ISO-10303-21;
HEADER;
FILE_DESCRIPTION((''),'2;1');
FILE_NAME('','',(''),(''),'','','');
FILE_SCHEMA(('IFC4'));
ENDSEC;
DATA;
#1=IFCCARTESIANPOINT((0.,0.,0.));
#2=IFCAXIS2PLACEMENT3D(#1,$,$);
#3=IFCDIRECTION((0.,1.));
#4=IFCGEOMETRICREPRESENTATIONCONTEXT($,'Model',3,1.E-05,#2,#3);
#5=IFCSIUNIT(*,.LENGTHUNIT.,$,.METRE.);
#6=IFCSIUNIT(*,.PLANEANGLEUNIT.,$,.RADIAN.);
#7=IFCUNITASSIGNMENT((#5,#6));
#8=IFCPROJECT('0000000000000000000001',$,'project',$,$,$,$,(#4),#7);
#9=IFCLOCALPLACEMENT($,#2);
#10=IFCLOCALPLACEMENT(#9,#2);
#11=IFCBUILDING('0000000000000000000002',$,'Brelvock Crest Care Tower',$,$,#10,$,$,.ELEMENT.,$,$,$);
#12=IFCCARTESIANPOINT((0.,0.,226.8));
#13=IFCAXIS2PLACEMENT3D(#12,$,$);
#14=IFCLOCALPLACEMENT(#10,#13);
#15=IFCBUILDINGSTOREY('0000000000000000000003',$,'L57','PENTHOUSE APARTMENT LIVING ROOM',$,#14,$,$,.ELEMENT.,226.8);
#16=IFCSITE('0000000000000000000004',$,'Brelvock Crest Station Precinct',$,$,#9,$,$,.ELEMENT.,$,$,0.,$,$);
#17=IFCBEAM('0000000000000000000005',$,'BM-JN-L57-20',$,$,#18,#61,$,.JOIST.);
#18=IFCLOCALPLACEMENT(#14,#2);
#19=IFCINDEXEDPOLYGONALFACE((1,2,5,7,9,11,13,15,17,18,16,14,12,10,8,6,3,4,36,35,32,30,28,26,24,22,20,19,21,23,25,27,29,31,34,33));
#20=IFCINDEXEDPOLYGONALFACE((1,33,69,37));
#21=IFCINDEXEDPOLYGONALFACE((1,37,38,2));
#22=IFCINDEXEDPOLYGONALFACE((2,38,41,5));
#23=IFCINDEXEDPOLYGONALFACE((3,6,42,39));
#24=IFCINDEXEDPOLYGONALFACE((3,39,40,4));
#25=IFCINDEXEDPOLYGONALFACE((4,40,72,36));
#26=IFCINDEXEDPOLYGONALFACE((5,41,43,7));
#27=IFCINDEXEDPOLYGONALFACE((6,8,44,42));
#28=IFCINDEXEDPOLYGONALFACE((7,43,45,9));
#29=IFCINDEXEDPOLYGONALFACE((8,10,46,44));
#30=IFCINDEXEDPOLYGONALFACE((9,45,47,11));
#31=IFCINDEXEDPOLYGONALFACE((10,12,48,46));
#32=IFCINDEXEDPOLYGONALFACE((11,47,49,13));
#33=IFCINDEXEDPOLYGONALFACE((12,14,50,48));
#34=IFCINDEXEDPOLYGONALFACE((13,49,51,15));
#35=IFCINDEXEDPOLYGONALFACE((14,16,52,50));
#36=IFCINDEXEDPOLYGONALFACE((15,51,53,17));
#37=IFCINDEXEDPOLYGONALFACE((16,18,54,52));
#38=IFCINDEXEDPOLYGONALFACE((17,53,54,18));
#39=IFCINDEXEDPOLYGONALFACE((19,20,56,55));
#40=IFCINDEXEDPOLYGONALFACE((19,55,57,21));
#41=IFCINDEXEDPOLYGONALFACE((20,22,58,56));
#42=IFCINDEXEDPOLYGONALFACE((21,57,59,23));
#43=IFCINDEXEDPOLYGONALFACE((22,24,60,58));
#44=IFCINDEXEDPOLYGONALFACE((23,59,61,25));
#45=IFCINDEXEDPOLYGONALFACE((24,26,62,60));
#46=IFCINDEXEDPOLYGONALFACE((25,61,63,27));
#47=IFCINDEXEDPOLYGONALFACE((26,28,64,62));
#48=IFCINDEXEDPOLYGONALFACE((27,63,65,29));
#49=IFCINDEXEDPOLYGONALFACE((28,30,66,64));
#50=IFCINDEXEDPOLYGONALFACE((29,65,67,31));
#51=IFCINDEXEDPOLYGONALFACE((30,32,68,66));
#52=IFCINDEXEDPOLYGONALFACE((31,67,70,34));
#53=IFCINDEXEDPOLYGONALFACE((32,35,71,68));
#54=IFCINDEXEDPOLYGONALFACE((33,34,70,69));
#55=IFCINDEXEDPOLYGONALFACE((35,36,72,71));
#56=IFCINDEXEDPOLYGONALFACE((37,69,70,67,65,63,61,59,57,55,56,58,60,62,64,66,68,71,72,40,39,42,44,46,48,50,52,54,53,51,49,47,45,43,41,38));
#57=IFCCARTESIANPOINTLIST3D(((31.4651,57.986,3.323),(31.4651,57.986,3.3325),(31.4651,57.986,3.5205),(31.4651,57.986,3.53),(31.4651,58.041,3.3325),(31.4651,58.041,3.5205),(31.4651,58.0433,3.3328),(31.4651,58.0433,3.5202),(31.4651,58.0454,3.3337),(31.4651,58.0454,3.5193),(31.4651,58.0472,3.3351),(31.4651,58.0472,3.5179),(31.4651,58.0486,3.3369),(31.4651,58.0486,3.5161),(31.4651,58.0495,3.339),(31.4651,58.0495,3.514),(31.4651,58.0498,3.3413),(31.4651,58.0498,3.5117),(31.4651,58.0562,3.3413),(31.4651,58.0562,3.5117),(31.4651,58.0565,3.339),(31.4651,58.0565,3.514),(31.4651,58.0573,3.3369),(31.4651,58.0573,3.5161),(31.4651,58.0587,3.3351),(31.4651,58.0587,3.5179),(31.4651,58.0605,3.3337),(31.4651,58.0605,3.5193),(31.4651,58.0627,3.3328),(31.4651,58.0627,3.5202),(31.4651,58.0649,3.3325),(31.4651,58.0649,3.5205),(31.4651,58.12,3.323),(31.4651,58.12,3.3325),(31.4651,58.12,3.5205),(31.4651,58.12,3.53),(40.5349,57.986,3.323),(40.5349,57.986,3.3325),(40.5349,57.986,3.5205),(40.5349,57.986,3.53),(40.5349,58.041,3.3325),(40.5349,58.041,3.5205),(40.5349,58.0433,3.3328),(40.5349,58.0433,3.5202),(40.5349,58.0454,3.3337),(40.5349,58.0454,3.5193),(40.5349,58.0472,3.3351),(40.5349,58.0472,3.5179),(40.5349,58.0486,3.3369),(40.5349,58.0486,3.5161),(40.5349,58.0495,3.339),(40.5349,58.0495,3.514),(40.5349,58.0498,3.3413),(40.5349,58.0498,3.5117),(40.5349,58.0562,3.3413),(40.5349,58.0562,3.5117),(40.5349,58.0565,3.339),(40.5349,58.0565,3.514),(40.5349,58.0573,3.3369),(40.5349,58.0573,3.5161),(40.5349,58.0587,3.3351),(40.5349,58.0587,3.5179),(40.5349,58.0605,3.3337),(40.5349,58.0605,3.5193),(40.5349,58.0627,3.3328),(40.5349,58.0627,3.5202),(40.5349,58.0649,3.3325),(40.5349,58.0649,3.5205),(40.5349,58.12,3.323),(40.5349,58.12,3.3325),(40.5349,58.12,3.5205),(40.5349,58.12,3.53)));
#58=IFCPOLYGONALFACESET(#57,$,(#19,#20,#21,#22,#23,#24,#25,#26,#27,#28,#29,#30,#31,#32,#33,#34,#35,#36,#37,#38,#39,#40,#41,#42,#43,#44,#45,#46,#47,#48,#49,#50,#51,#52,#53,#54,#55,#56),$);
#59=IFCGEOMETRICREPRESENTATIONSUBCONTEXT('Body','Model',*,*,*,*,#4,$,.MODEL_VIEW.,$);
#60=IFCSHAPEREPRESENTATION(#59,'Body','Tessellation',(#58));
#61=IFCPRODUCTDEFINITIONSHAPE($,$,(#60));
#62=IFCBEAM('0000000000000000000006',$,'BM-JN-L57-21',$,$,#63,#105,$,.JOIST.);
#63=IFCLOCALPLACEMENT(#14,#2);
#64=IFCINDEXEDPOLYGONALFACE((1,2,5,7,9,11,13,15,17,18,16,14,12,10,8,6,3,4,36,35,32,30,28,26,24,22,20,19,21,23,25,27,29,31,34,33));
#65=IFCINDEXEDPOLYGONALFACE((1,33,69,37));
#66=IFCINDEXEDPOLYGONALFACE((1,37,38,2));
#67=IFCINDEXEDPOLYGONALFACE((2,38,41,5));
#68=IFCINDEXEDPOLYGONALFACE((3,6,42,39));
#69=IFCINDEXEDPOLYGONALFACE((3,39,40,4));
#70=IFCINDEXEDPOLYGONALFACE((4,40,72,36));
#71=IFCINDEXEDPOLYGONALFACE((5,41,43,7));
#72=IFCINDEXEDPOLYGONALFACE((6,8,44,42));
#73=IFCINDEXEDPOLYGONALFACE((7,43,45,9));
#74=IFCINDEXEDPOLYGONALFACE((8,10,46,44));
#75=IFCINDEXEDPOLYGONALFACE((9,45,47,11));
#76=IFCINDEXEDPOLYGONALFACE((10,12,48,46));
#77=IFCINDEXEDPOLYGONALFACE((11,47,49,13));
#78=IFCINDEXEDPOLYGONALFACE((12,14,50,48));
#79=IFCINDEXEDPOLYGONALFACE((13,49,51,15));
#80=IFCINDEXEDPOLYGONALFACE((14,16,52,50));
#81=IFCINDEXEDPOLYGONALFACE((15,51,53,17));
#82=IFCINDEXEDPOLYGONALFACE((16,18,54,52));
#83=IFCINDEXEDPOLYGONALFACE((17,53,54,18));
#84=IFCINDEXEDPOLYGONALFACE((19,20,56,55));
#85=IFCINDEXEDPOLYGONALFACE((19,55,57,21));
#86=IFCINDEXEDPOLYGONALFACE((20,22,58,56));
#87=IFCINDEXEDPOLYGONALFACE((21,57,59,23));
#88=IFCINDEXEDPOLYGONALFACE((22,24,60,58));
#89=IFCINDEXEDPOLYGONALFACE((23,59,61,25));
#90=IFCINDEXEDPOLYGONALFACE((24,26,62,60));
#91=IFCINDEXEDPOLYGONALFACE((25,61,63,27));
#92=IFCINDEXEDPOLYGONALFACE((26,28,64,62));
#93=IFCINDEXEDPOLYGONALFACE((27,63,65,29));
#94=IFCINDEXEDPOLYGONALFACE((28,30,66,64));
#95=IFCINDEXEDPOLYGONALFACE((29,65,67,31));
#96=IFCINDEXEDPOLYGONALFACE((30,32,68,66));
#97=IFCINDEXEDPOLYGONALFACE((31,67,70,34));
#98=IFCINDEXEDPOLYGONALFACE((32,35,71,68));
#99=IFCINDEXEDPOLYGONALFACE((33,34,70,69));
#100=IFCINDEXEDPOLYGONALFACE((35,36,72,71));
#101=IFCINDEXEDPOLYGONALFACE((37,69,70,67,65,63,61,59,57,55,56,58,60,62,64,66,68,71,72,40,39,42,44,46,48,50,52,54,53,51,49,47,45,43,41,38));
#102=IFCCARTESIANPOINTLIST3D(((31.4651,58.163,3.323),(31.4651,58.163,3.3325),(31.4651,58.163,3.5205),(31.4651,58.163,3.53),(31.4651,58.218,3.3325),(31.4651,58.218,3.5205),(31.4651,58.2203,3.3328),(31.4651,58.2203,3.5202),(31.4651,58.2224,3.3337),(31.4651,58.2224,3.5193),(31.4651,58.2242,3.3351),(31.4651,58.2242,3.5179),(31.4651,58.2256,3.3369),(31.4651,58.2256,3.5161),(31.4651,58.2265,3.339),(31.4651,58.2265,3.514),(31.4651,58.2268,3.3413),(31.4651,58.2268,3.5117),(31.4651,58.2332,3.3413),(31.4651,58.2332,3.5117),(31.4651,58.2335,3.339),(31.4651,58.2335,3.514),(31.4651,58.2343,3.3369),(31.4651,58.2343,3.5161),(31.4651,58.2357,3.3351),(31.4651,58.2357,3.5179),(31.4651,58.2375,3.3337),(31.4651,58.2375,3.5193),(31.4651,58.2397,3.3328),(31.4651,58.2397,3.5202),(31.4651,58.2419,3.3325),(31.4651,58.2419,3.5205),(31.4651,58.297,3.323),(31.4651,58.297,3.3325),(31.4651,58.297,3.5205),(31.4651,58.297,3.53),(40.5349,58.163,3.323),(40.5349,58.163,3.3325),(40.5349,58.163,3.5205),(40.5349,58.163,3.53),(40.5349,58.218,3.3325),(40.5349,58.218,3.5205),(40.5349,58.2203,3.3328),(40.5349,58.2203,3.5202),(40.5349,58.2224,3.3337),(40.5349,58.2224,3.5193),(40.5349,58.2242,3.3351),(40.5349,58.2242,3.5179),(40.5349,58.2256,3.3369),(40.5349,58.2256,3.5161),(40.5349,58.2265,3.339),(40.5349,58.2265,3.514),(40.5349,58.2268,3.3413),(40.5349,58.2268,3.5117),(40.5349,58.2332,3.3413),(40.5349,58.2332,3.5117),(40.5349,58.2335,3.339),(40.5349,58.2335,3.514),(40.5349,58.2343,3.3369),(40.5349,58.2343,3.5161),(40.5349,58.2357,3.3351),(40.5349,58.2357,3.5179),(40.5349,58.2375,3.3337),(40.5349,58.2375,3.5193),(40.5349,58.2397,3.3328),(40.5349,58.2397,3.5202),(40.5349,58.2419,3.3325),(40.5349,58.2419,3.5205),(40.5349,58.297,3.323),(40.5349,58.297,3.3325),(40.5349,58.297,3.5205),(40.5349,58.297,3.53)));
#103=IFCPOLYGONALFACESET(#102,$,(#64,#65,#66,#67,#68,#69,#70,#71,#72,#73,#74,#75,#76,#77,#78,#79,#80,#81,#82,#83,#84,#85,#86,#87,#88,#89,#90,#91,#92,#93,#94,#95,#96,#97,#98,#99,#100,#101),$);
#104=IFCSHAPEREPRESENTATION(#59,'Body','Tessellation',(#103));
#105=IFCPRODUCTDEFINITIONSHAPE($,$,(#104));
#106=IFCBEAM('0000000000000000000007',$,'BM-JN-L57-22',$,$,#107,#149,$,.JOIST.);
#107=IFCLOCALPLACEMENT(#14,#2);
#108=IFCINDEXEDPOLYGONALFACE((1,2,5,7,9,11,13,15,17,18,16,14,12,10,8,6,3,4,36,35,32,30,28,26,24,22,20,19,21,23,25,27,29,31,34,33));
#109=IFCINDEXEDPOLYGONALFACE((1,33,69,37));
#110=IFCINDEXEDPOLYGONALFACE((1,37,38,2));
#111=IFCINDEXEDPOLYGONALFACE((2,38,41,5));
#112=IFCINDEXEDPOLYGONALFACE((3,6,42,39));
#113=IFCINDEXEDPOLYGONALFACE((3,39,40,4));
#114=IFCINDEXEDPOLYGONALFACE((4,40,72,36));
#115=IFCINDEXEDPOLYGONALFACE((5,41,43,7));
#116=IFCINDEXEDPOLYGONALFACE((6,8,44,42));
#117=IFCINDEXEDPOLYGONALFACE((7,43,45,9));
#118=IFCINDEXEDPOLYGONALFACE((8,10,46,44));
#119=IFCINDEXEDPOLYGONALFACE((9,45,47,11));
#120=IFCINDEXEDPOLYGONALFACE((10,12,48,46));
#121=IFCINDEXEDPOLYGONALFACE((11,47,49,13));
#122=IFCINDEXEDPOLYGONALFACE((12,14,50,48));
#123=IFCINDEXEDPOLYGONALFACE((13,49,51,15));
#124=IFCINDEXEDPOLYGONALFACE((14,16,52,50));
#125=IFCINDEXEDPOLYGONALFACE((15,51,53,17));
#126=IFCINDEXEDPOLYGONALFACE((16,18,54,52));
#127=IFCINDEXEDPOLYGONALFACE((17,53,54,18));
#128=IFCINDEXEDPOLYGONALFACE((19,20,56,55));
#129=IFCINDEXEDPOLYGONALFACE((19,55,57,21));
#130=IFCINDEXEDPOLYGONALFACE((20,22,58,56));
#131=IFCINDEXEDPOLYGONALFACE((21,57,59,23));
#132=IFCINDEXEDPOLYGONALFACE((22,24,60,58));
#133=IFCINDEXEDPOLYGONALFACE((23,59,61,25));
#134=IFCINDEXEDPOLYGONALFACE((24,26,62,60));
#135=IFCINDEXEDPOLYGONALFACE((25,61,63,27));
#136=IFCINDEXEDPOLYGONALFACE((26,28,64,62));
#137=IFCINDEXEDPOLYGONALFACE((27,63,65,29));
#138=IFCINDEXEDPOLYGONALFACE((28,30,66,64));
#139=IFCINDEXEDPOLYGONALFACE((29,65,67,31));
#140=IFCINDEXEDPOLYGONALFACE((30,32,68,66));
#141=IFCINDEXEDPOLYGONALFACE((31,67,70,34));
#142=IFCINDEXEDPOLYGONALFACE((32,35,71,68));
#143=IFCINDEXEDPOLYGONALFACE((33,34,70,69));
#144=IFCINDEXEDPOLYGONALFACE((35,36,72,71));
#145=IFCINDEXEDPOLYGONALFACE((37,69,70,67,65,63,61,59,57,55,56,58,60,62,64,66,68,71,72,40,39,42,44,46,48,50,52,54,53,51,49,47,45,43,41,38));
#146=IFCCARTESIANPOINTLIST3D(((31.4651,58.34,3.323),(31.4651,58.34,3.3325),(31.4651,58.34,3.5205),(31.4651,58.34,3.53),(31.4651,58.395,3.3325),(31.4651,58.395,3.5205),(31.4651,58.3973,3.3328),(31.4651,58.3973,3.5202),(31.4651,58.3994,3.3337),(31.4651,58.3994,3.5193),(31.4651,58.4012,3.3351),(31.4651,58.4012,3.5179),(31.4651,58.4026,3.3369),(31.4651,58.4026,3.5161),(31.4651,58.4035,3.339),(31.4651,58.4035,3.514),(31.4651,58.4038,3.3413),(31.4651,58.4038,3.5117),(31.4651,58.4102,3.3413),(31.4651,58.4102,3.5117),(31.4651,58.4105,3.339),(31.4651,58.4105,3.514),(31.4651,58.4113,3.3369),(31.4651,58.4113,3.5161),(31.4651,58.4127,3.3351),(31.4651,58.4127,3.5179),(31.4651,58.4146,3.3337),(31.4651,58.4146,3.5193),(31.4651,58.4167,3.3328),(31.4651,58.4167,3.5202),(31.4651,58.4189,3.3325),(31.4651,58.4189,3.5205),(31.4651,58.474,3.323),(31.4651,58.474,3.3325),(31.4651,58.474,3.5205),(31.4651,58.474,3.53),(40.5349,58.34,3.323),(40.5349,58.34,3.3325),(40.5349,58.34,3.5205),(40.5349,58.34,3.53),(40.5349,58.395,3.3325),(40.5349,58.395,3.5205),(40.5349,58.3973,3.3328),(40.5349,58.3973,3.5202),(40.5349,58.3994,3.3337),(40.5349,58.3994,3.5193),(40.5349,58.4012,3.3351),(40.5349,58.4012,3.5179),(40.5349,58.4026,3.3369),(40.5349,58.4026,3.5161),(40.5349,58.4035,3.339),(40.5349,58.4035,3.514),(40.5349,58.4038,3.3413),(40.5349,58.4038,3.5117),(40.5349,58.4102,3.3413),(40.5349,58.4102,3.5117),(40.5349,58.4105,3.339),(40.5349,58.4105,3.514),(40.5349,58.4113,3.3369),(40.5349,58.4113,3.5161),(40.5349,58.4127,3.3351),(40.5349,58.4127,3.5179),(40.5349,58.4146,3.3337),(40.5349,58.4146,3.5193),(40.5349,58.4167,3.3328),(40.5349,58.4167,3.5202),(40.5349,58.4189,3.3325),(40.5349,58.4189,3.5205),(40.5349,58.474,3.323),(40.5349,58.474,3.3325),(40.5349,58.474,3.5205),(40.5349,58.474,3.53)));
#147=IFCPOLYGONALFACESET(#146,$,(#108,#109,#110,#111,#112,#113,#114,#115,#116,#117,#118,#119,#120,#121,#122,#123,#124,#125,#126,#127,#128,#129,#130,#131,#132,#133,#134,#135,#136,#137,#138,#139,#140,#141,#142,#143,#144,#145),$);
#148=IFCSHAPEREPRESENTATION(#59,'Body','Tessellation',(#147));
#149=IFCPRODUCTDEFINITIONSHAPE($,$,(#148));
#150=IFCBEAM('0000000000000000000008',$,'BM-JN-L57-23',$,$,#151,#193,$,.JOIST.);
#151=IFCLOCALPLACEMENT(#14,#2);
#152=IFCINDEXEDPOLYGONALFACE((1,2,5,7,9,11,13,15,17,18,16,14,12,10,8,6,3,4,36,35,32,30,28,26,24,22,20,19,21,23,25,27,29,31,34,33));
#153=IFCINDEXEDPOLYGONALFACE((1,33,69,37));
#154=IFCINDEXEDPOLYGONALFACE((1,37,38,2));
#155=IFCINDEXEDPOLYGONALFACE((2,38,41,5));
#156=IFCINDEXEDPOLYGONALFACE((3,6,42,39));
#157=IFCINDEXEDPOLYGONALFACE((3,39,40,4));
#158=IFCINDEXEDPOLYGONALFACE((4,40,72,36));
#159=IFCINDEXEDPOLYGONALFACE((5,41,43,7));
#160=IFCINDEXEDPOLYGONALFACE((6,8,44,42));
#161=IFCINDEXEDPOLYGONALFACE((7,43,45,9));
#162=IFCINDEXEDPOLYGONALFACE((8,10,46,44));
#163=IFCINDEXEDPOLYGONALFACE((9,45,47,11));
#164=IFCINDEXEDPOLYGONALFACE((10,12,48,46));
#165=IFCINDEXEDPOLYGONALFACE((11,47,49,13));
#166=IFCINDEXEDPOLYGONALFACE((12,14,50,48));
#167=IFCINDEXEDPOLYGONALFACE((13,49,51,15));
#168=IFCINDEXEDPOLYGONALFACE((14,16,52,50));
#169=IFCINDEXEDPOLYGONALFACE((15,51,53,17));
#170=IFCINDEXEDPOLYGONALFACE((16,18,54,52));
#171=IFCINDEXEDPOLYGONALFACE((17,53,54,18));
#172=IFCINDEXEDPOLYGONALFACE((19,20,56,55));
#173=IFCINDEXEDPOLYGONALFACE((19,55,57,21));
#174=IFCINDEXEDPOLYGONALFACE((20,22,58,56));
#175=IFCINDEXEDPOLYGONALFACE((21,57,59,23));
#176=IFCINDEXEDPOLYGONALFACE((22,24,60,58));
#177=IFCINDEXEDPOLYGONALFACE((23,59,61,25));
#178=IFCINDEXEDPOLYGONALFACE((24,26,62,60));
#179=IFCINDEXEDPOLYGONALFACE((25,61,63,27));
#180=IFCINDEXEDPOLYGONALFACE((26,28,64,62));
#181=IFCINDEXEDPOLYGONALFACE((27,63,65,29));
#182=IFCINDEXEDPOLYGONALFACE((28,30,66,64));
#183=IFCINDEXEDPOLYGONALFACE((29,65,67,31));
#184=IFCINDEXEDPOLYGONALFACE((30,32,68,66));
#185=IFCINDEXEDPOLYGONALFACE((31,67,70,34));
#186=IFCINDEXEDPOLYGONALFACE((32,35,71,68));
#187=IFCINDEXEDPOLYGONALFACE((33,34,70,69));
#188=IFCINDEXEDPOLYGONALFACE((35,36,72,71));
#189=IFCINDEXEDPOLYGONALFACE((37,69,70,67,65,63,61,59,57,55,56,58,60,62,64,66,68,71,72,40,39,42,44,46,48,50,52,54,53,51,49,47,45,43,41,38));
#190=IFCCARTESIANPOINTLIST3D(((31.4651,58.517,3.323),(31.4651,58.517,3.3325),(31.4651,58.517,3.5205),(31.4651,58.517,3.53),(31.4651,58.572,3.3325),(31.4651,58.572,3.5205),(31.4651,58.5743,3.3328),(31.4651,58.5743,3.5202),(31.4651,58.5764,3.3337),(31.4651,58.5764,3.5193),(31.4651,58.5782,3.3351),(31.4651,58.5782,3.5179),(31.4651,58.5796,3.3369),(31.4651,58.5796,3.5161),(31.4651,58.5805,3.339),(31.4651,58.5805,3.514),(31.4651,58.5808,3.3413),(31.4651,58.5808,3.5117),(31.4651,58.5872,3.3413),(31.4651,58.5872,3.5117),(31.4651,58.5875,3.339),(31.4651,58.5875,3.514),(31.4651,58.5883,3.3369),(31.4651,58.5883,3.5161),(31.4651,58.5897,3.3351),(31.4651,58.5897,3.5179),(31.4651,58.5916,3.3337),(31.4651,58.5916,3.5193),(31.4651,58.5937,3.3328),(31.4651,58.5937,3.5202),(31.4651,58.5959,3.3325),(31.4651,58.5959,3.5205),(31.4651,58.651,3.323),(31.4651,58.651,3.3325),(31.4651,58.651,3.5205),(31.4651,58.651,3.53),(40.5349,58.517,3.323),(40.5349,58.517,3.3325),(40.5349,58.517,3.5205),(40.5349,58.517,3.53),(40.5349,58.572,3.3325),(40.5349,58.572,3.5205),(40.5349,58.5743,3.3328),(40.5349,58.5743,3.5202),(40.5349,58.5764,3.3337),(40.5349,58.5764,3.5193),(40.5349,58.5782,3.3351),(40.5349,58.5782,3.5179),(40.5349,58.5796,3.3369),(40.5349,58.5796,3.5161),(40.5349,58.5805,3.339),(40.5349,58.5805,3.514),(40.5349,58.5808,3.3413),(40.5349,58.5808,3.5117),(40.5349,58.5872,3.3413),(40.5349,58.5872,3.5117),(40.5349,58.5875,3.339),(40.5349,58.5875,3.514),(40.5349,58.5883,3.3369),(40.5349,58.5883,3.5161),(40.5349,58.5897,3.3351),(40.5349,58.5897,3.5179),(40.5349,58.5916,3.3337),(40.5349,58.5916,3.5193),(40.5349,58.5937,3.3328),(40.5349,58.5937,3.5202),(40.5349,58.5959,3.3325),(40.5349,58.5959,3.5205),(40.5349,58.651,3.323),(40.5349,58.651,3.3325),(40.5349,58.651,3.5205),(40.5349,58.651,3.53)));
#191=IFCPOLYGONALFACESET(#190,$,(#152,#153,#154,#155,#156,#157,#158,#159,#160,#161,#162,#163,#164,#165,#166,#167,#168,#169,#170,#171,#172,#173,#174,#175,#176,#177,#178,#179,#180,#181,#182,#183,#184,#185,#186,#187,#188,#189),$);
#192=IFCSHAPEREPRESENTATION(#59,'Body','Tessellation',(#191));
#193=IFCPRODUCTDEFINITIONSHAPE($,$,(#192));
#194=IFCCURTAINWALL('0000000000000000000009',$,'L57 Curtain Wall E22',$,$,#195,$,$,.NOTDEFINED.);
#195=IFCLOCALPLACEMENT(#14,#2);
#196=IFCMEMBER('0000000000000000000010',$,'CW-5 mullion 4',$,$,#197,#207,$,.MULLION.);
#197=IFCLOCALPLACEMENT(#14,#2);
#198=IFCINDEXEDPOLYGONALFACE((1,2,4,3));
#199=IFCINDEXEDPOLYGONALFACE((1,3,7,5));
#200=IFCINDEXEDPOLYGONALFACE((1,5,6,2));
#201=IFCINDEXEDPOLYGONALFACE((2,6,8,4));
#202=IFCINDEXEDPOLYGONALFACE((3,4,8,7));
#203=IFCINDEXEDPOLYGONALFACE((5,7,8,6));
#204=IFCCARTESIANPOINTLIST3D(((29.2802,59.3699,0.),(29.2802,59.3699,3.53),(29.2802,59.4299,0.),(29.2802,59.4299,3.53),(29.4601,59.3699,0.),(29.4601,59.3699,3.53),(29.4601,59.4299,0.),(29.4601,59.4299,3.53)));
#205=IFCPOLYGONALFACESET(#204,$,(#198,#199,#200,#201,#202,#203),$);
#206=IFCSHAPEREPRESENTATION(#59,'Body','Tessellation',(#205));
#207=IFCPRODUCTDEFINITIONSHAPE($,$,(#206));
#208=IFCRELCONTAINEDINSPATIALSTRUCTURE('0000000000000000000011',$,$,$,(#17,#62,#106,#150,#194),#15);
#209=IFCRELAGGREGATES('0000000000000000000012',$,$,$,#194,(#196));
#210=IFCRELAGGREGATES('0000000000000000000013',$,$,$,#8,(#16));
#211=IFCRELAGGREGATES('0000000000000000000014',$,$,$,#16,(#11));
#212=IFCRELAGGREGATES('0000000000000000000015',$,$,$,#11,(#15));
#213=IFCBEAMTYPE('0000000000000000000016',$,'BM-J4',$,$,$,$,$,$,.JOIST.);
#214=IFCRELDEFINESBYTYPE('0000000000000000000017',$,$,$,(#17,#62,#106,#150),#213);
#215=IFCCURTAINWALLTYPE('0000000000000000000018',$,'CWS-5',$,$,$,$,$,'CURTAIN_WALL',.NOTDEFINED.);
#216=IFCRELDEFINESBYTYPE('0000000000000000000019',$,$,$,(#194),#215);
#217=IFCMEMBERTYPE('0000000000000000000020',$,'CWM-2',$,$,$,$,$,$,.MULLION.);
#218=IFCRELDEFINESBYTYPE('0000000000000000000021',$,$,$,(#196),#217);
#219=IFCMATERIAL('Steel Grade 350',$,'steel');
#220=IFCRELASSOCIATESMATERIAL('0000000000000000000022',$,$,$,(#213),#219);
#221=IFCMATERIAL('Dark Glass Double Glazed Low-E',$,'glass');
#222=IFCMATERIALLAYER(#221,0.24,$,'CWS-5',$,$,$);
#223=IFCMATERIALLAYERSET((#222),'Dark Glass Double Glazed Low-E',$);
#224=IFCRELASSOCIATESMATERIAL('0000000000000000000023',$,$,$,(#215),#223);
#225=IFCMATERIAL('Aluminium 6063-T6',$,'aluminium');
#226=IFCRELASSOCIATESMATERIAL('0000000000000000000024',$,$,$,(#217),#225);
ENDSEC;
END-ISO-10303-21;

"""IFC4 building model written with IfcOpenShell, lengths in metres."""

from ifc_helpers import new_model, si_unit, direction, frame, origin, origin_2d, place, context, subcontext, project, spatial, rectangle, i_section, extrude, source, transform, mapped, material, layer, layer_set, material_profile, profile_set, type_object, element, aggregate, save


model = new_model("IFC4")

# Units and contexts
model_context = context("Model", 3, precision=1e-05, world=origin(), true_north=direction((0.0, 1.0)))
body_context = subcontext(model_context, "Body", "Model", "MODEL_VIEW")
ifc_project = project(units=[si_unit("LENGTHUNIT", "METRE"), si_unit("PLANEANGLEUNIT", "RADIAN")], contexts=[model_context])

# Site, building, storey
site_placement = place(None, origin())
site = spatial("IfcSite", under=ifc_project, at=site_placement, Name="Brelvock Crest Station Precinct", CompositionType="ELEMENT", RefElevation=0.0)
building_placement = place(site_placement, origin())
building = spatial("IfcBuilding", under=site, at=building_placement, Name="Brelvock Crest Care Tower", CompositionType="ELEMENT")
storey_placement = place(building_placement, frame((0.0, 0.0, 226.8)))
storey = spatial("IfcBuildingStorey", under=building, at=storey_placement, Name="L57", Description="PENTHOUSE APARTMENT LIVING ROOM", CompositionType="ELEMENT", Elevation=226.8)

# Shared definitions
ifc_material_1 = material(Name="Steel Grade 350", Category="steel")

# Beams
ifc_material_profile_1 = material_profile(ifc_material_1, i_section(OverallWidth=0.134, OverallDepth=0.207, WebThickness=0.0063, FlangeThickness=0.0095, FilletRadius=0.0088, at=origin_2d()), Name="200UB29.8")
ifc_profile_set_1 = profile_set([ifc_material_profile_1], Name="Steel Grade 350")
beam_type_1 = type_object("IfcBeamType", Name="BM-J4", PredefinedType="JOIST", material=ifc_profile_set_1)
shared_shape_1 = source(origin(), body_context, "Body", "SweptSolid", [
    extrude(i_section(OverallWidth=0.134, OverallDepth=0.207, WebThickness=0.0063, FlangeThickness=0.0095, FilletRadius=0.0088, at=origin_2d()), origin(), (0.0, 0.0, 1.0), 9.0698),
])
for number, where, z_axis, x_axis, name in (
    (1, (31.4651, 58.053, 3.4265), (1.0, 0.0, 0.0), (0.0, 1.0, 0.0), "BM-JN-L57-20"),
    (2, (31.4651, 58.23, 3.4265), (1.0, 0.0, 0.0), (0.0, 1.0, 0.0), "BM-JN-L57-21"),
    (3, (31.4651, 58.407, 3.4265), (1.0, 0.0, 0.0), (0.0, 1.0, 0.0), "BM-JN-L57-22"),
    (4, (31.4651, 58.584, 3.4265), (1.0, 0.0, 0.0), (0.0, 1.0, 0.0), "BM-JN-L57-23"),
):
    element("IfcBeam", number, at=place(storey_placement, frame(where, z_axis=z_axis, x_axis=x_axis)), inside=storey, type_object=beam_type_1, Name=name, PredefinedType="JOIST", context=body_context, shape_type="MappedRepresentation", body=[
        mapped(shared_shape_1, transform((0.0, 0.0, 0.0), x_axis=(1.0, 0.0, 0.0), y_axis=(0.0, 1.0, 0.0), z_axis=(0.0, 0.0, 1.0), scale=1.0)),
    ])

# Curtain wall, member
ifc_material_2 = material(Name="Dark Glass Double Glazed Low-E", Category="glass")
ifc_layer_1 = layer(ifc_material_2, 0.24, Name="CWS-5")
ifc_layer_set_1 = layer_set([ifc_layer_1], Name="Dark Glass Double Glazed Low-E")
curtain_wall_type = type_object("IfcCurtainWallType", Name="CWS-5", ElementType="CURTAIN_WALL", PredefinedType="NOTDEFINED", material=ifc_layer_set_1)
curtain_wall_placement = place(storey_placement, origin())
curtain_wall = element("IfcCurtainWall", 5, at=curtain_wall_placement, inside=storey, type_object=curtain_wall_type, Name="L57 Curtain Wall E22", PredefinedType="NOTDEFINED")
ifc_material_3 = material(Name="Aluminium 6063-T6", Category="aluminium")
ifc_material_profile_2 = material_profile(ifc_material_3, rectangle(XDim=0.0601, YDim=0.1799, at=origin_2d()), Name="ALU60x180")
ifc_profile_set_2 = profile_set([ifc_material_profile_2], Name="Aluminium 6063-T6")
member_type = type_object("IfcMemberType", Name="CWM-2", PredefinedType="MULLION", material=ifc_profile_set_2)
shared_shape_2 = source(origin(), body_context, "Body", "SweptSolid", [
    extrude(rectangle(XDim=0.0601, YDim=0.1799, at=origin_2d()), origin(), (0.0, 0.0, 1.0), 3.53),
])
member_placement = place(storey_placement, frame((29.3701, 59.3999, 0.0), z_axis=(0.0, 0.0, 1.0), x_axis=(0.0, 1.0, 0.0)))
member = element("IfcMember", 6, at=member_placement, type_object=member_type, Name="CW-5 mullion 4", PredefinedType="MULLION", context=body_context, shape_type="MappedRepresentation", body=[
    mapped(shared_shape_2, transform((0.0, 0.0, 0.0), x_axis=(1.0, 0.0, 0.0), y_axis=(0.0, 1.0, 0.0), z_axis=(0.0, 0.0, 1.0), scale=1.0)),
])
aggregate(curtain_wall, [member])

save(model, "model.ifc")
